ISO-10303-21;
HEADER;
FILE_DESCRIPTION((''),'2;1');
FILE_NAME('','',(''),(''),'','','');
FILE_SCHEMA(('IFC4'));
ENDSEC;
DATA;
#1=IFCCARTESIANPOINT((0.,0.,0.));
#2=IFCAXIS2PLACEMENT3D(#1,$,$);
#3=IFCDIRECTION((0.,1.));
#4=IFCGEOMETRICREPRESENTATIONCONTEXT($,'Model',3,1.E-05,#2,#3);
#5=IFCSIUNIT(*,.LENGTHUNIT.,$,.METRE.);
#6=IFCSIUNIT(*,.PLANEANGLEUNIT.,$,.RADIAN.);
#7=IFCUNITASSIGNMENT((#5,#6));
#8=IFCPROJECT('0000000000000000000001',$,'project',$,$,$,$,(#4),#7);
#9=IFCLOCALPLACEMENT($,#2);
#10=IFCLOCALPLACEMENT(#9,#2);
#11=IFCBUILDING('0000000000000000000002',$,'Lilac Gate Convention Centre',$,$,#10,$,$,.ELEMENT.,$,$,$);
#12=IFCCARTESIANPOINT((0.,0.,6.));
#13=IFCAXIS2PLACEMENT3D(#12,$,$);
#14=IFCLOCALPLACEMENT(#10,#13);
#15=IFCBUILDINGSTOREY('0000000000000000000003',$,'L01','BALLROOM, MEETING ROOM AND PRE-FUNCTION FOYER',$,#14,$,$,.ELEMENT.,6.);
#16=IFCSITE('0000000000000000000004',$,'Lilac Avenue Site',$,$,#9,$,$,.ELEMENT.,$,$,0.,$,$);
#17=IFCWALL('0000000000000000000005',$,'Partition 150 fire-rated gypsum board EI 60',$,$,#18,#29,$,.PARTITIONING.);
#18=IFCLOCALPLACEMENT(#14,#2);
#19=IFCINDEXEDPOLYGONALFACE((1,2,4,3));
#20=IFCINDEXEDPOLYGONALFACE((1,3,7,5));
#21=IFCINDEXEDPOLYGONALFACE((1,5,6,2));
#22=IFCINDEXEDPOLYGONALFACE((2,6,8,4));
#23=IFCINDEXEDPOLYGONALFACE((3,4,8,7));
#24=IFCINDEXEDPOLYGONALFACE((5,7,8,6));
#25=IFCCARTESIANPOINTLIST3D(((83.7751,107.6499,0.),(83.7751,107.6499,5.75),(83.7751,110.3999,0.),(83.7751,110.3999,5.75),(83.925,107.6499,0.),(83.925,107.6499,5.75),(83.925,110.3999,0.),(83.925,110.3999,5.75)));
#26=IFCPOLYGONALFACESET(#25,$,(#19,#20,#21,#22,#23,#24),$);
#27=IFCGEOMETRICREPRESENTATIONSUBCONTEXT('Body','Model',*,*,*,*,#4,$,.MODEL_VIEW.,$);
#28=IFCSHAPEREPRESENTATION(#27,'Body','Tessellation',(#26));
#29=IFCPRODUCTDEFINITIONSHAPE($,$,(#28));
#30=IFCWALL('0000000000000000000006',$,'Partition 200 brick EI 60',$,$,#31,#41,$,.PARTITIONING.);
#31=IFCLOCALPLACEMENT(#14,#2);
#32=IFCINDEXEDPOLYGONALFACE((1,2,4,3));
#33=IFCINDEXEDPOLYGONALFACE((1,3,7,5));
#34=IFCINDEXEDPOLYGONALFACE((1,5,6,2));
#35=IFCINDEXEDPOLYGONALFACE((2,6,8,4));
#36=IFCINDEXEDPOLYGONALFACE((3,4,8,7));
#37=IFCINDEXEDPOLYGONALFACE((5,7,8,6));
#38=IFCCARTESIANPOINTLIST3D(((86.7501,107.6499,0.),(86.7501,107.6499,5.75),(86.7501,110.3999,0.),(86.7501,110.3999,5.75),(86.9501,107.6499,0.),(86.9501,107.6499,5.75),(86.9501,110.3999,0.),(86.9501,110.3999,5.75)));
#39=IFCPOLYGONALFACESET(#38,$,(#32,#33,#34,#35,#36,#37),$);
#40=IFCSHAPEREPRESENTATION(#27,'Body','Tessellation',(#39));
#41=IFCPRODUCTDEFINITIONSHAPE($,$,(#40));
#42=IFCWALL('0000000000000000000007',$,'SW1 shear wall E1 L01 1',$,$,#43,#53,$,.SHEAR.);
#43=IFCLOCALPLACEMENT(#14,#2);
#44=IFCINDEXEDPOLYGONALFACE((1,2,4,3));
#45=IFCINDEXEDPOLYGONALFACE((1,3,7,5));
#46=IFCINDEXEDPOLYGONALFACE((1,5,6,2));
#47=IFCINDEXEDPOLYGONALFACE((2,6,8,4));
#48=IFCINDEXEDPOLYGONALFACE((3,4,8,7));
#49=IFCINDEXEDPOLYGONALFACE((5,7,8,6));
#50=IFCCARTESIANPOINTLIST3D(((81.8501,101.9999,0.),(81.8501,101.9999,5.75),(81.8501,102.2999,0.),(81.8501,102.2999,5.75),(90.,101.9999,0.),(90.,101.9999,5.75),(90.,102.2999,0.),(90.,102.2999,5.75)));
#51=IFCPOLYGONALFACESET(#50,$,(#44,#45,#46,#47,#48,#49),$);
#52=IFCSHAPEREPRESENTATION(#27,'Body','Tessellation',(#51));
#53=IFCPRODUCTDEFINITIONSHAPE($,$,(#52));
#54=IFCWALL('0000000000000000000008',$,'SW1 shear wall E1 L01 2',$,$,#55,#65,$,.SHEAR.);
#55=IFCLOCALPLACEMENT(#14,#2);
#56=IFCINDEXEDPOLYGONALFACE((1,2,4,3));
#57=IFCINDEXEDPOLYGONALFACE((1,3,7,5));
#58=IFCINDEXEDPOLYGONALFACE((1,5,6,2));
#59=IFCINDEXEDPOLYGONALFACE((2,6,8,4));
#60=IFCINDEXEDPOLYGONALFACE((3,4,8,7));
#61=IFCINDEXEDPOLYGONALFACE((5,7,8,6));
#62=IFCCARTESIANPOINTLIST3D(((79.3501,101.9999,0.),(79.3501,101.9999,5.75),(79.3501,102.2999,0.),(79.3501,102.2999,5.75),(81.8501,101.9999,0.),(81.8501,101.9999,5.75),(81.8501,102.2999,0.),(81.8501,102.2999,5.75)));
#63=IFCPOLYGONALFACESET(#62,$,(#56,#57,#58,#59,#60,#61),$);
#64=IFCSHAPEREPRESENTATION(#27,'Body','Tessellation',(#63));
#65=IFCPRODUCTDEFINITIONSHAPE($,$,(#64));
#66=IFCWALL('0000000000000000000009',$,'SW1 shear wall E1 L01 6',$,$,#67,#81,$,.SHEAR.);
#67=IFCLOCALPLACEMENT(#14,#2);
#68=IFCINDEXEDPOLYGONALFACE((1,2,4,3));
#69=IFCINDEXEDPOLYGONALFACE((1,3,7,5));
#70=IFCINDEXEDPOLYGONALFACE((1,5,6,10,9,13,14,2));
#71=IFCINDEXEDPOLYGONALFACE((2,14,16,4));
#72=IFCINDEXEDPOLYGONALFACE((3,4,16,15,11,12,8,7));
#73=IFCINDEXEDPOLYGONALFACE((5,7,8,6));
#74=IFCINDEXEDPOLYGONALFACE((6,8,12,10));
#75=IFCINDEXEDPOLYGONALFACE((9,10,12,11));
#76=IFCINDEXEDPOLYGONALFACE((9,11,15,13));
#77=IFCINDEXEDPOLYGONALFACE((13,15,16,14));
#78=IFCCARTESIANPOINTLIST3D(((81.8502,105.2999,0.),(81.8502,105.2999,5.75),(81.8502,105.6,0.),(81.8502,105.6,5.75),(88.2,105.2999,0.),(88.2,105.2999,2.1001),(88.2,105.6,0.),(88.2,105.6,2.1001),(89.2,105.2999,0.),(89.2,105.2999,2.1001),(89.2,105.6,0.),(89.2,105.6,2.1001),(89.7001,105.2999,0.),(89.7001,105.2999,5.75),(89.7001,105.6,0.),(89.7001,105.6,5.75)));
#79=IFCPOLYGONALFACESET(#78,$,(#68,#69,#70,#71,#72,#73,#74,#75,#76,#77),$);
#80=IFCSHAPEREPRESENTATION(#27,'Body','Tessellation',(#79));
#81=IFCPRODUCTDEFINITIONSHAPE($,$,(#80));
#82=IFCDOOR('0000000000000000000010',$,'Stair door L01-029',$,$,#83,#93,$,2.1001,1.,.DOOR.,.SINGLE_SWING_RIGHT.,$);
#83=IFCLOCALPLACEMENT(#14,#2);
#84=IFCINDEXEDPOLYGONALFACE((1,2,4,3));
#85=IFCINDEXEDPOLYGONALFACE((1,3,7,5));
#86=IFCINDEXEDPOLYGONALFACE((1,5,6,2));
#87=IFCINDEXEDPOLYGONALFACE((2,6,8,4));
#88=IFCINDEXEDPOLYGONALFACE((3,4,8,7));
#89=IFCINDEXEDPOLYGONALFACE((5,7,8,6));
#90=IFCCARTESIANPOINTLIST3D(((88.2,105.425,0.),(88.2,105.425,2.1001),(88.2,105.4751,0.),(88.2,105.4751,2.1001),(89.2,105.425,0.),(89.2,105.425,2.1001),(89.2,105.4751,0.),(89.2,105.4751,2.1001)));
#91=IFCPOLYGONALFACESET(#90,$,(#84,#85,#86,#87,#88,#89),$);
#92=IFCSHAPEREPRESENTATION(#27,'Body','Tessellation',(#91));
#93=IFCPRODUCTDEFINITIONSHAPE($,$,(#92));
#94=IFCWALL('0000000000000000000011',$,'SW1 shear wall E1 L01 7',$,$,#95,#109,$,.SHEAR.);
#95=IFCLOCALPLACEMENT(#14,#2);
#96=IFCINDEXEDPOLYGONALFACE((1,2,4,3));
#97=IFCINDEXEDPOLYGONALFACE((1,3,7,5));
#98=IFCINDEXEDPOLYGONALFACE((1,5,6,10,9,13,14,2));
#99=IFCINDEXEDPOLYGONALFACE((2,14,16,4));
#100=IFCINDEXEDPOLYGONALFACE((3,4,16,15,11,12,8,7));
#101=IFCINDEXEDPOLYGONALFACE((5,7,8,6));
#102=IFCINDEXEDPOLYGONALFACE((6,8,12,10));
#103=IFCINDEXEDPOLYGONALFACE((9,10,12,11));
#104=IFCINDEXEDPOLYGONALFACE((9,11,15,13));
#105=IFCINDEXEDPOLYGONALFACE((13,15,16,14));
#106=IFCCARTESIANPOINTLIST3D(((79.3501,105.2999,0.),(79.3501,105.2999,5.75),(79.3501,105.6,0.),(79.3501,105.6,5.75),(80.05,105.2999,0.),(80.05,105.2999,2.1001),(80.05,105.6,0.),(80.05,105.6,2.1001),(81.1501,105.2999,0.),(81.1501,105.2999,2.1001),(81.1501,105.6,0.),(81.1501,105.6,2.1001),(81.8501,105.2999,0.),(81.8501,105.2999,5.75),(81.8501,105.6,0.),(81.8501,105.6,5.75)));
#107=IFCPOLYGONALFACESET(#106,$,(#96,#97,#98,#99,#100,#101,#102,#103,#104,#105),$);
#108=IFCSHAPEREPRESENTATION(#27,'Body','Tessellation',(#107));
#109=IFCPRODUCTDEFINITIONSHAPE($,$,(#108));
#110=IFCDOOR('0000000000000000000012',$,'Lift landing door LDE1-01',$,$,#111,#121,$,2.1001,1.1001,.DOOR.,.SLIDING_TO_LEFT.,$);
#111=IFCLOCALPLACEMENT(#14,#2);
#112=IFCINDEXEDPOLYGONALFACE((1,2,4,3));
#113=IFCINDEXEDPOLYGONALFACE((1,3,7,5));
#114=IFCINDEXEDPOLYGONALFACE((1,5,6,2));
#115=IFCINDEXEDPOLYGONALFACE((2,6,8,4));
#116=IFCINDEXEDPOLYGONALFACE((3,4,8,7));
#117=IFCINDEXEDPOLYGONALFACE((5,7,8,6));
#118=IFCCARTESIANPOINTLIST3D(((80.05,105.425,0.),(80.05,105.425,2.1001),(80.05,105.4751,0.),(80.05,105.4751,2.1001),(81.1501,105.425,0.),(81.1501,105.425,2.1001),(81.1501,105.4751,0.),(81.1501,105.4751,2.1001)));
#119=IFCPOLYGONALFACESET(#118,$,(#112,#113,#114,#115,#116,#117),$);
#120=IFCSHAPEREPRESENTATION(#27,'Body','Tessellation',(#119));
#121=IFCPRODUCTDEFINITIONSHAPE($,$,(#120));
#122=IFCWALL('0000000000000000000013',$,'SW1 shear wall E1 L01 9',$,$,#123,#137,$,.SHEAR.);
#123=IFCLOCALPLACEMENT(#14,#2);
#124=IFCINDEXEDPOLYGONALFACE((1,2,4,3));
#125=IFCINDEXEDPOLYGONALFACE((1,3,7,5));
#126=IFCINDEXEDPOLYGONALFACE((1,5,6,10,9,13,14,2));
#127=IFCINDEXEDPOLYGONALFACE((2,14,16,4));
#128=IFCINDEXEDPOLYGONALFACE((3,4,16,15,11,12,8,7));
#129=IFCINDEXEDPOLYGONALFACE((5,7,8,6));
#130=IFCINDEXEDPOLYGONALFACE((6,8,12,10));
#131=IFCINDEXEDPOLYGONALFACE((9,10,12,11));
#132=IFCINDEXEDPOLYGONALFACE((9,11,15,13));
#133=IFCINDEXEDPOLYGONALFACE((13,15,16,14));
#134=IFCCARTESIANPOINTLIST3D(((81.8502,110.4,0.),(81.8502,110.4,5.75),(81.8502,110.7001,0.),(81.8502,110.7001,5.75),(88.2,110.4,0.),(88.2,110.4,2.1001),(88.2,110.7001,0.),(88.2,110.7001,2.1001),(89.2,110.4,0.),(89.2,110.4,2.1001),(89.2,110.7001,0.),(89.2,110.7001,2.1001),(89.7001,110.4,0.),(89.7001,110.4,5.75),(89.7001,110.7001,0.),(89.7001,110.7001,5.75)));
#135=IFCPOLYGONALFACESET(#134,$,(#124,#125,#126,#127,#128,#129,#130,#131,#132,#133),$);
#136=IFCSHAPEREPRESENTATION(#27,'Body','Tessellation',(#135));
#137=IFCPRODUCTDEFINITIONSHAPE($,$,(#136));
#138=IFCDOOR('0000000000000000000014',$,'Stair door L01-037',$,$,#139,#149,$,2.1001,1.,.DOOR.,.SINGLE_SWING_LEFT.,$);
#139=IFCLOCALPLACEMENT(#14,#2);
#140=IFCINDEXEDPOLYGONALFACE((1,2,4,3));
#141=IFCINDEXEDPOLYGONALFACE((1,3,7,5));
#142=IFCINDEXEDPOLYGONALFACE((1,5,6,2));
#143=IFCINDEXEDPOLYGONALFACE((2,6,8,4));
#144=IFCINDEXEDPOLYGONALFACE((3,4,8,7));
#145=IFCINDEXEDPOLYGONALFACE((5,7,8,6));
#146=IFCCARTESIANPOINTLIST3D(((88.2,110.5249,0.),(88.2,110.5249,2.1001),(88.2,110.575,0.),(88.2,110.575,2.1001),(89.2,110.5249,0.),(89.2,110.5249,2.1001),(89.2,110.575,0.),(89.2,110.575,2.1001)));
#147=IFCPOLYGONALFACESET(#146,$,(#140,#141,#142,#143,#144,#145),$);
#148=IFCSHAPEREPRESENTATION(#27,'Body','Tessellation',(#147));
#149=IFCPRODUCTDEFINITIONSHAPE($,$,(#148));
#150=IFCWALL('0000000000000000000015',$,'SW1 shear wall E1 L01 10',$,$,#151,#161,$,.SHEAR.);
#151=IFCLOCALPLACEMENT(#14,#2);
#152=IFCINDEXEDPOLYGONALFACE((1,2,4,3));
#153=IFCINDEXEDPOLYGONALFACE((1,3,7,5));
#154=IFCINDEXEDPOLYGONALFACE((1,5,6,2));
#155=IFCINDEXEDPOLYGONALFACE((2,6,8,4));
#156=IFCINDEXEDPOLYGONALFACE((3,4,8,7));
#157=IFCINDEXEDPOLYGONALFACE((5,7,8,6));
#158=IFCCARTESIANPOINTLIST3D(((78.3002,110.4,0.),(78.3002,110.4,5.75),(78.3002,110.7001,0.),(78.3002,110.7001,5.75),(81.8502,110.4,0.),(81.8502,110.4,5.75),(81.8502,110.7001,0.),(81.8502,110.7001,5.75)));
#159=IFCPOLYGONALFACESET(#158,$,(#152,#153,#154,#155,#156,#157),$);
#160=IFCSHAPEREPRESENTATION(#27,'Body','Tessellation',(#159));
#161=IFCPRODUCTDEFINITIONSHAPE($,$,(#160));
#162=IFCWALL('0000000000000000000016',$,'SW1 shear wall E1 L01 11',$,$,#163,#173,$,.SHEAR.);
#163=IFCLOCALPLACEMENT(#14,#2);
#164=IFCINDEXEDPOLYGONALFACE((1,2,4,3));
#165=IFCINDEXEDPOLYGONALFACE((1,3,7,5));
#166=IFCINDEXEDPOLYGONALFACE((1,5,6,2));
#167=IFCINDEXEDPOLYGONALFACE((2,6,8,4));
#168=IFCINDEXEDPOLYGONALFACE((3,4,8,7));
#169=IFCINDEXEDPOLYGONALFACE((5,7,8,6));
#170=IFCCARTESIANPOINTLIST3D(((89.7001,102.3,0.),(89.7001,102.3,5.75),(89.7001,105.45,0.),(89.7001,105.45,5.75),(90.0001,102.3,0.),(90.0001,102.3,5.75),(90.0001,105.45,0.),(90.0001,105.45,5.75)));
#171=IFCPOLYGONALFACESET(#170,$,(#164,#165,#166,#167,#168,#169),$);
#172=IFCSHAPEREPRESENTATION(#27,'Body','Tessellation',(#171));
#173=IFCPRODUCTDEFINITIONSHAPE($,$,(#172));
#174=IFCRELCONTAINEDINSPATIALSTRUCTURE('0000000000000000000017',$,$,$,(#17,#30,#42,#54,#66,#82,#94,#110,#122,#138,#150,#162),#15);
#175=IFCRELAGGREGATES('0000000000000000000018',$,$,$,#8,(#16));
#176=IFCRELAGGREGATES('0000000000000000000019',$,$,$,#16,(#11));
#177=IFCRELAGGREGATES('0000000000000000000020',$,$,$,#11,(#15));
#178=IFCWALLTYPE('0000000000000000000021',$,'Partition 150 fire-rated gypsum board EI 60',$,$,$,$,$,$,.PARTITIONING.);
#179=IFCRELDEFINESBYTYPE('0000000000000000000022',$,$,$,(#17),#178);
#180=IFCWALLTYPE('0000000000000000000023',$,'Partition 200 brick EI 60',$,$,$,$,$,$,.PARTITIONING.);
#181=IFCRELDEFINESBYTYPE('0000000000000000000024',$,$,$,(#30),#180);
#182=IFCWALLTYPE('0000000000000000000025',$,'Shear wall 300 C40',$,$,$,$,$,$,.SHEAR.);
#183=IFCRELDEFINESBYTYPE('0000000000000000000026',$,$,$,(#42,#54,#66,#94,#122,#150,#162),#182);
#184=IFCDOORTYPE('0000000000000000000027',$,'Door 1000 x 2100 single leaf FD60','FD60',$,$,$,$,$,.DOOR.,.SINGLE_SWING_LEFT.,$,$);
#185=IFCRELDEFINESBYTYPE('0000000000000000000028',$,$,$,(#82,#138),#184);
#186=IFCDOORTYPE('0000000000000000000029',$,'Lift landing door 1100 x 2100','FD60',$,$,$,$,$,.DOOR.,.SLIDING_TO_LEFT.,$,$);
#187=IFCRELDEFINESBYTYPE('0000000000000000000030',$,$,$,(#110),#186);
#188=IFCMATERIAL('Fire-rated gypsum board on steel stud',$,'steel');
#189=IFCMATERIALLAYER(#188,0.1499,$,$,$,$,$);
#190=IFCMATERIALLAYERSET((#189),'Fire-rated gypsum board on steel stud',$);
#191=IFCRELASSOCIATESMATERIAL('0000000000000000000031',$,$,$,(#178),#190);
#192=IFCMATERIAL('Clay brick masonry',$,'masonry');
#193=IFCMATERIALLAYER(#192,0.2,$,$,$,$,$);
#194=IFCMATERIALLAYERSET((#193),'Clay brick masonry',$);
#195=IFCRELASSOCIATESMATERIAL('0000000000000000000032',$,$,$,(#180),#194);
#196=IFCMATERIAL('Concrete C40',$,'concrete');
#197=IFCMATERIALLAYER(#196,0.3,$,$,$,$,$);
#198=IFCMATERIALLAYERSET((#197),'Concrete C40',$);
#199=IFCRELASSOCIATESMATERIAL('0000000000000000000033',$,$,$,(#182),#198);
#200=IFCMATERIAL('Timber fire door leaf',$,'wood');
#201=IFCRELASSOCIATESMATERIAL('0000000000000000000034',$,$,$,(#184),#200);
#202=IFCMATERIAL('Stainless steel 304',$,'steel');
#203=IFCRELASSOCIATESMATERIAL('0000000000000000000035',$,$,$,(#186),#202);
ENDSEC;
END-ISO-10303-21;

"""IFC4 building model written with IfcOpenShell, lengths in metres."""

from ifc_helpers import new_model, si_unit, direction, frame, frame_2d, origin, place, context, subcontext, project, spatial, rectangle, extrude, material, layer, layer_set, type_object, element, fill, save


model = new_model("IFC4")

# Units and contexts
model_context = context("Model", 3, precision=1e-05, world=origin(), true_north=direction((0.0, 1.0)))
body_context = subcontext(model_context, "Body", "Model", "MODEL_VIEW")
ifc_project = project(units=[si_unit("LENGTHUNIT", "METRE"), si_unit("PLANEANGLEUNIT", "RADIAN")], contexts=[model_context])

# Site, building, storey
site_placement = place(None, origin())
site = spatial("IfcSite", under=ifc_project, at=site_placement, Name="Lilac Avenue Site", CompositionType="ELEMENT", RefElevation=0.0)
building_placement = place(site_placement, origin())
building = spatial("IfcBuilding", under=site, at=building_placement, Name="Lilac Gate Convention Centre", CompositionType="ELEMENT")
storey_placement = place(building_placement, frame((0.0, 0.0, 6.0)))
storey = spatial("IfcBuildingStorey", under=building, at=storey_placement, Name="L01", Description="BALLROOM, MEETING ROOM AND PRE-FUNCTION FOYER", CompositionType="ELEMENT", Elevation=6.0)

# Walls
ifc_material_1 = material(Name="Fire-rated gypsum board on steel stud", Category="steel")
ifc_layer_1 = layer(ifc_material_1, 0.1499)
ifc_layer_set_1 = layer_set([ifc_layer_1], Name="Fire-rated gypsum board on steel stud")
wall_type_1 = type_object("IfcWallType", Name="Partition 150 fire-rated gypsum board EI 60", PredefinedType="PARTITIONING", material=ifc_layer_set_1)
wall_1_placement = place(storey_placement, frame((83.8501, 107.6499, 0.0), z_axis=(0.0, 0.0, 1.0), x_axis=(0.0, 1.0, 0.0)))
element("IfcWall", 1, at=wall_1_placement, inside=storey, type_object=wall_type_1, Name="Partition 150 fire-rated gypsum board EI 60", PredefinedType="PARTITIONING", context=body_context, shape_type="SweptSolid", body=[
    extrude(rectangle(XDim=2.75, YDim=0.1499, at=frame_2d((1.375, 0.0))), origin(), (0.0, 0.0, 1.0), 5.75),
])
ifc_material_2 = material(Name="Clay brick masonry", Category="masonry")
ifc_layer_2 = layer(ifc_material_2, 0.2)
ifc_layer_set_2 = layer_set([ifc_layer_2], Name="Clay brick masonry")
wall_type_2 = type_object("IfcWallType", Name="Partition 200 brick EI 60", PredefinedType="PARTITIONING", material=ifc_layer_set_2)
wall_2_placement = place(storey_placement, frame((86.8501, 107.6499, 0.0), z_axis=(0.0, 0.0, 1.0), x_axis=(0.0, 1.0, 0.0)))
element("IfcWall", 2, at=wall_2_placement, inside=storey, type_object=wall_type_2, Name="Partition 200 brick EI 60", PredefinedType="PARTITIONING", context=body_context, shape_type="SweptSolid", body=[
    extrude(rectangle(XDim=2.75, YDim=0.2, at=frame_2d((1.375, 0.0))), origin(), (0.0, 0.0, 1.0), 5.75),
])
ifc_material_3 = material(Name="Concrete C40", Category="concrete")
ifc_layer_3 = layer(ifc_material_3, 0.3)
ifc_layer_set_3 = layer_set([ifc_layer_3], Name="Concrete C40")
wall_type_3 = type_object("IfcWallType", Name="Shear wall 300 C40", PredefinedType="SHEAR", material=ifc_layer_set_3)
wall_3_placement = place(storey_placement, frame((90.0, 102.1499, 0.0), z_axis=(0.0, 0.0, 1.0), x_axis=(-1.0, 0.0, 0.0)))
element("IfcWall", 3, at=wall_3_placement, inside=storey, type_object=wall_type_3, Name="SW1 shear wall E1 L01 1", PredefinedType="SHEAR", context=body_context, shape_type="SweptSolid", body=[
    extrude(rectangle(XDim=8.1499, YDim=0.3, at=frame_2d((4.075, 0.0))), origin(), (0.0, 0.0, 1.0), 5.75),
])
wall_4_placement = place(storey_placement, frame((81.8501, 102.1499, 0.0), z_axis=(0.0, 0.0, 1.0), x_axis=(-1.0, 0.0, 0.0)))
element("IfcWall", 4, at=wall_4_placement, inside=storey, type_object=wall_type_3, Name="SW1 shear wall E1 L01 2", PredefinedType="SHEAR", context=body_context, shape_type="SweptSolid", body=[
    extrude(rectangle(XDim=2.5, YDim=0.3, at=frame_2d((1.25, 0.0))), origin(), (0.0, 0.0, 1.0), 5.75),
])

# Walls, openings, doors
wall_5_placement = place(storey_placement, frame((89.7, 105.45, 0.0), z_axis=(0.0, 0.0, 1.0), x_axis=(-1.0, 0.0, 0.0)))
wall_5 = element("IfcWall", 5, at=wall_5_placement, inside=storey, type_object=wall_type_3, Name="SW1 shear wall E1 L01 6", PredefinedType="SHEAR", context=body_context, shape_type="SweptSolid", body=[
    extrude(rectangle(XDim=7.8499, YDim=0.3, at=frame_2d((3.9248, 0.0))), origin(), (0.0, 0.0, 1.0), 5.75),
])
opening_1_placement = place(wall_5_placement, frame((0.5, 0.0, 0.0)))
opening_1 = element("IfcOpeningElement", 6, at=opening_1_placement, cuts=wall_5, PredefinedType="OPENING", context=body_context, shape_type="SweptSolid", body=[
    extrude(rectangle(XDim=1.0, YDim=2.1001, at=frame_2d((0.5, 1.05))), frame((0.0, 0.1599, 0.0), z_axis=(0.0, -1.0, 0.0), x_axis=(1.0, 0.0, 0.0)), (0.0, 0.0, 1.0), 0.3201),
])
ifc_material_4 = material(Name="Timber fire door leaf", Category="wood")
door_type_1 = type_object("IfcDoorType", Name="Door 1000 x 2100 single leaf FD60", Description="FD60", OperationType="SINGLE_SWING_LEFT", PredefinedType="DOOR", material=ifc_material_4)
door_1_placement = place(opening_1_placement, origin())
door_1 = element("IfcDoor", 7, at=door_1_placement, inside=storey, type_object=door_type_1, Name="Stair door L01-029", OperationType="SINGLE_SWING_RIGHT", OverallHeight=2.1001, OverallWidth=1.0, PredefinedType="DOOR", context=body_context, shape_type="SweptSolid", body=[
    extrude(rectangle(XDim=1.0, YDim=2.1001, at=frame_2d((0.5, 1.05))), frame((0.0, 0.0249, 0.0), z_axis=(0.0, -1.0, 0.0), x_axis=(1.0, 0.0, 0.0)), (0.0, 0.0, 1.0), 0.05),
])
fill(opening_1, door_1)
wall_6_placement = place(storey_placement, frame((81.8501, 105.45, 0.0), z_axis=(0.0, 0.0, 1.0), x_axis=(-1.0, 0.0, 0.0)))
wall_6 = element("IfcWall", 8, at=wall_6_placement, inside=storey, type_object=wall_type_3, Name="SW1 shear wall E1 L01 7", PredefinedType="SHEAR", context=body_context, shape_type="SweptSolid", body=[
    extrude(rectangle(XDim=2.5, YDim=0.3, at=frame_2d((1.25, 0.0))), origin(), (0.0, 0.0, 1.0), 5.75),
])
opening_2_placement = place(wall_6_placement, frame((0.7, 0.0, 0.0)))
opening_2 = element("IfcOpeningElement", 9, at=opening_2_placement, cuts=wall_6, PredefinedType="OPENING", context=body_context, shape_type="SweptSolid", body=[
    extrude(rectangle(XDim=1.1001, YDim=2.1001, at=frame_2d((0.55, 1.05))), frame((0.0, 0.1599, 0.0), z_axis=(0.0, -1.0, 0.0), x_axis=(1.0, 0.0, 0.0)), (0.0, 0.0, 1.0), 0.3201),
])
ifc_material_5 = material(Name="Stainless steel 304", Category="steel")
door_type_2 = type_object("IfcDoorType", Name="Lift landing door 1100 x 2100", Description="FD60", OperationType="SLIDING_TO_LEFT", PredefinedType="DOOR", material=ifc_material_5)
door_2_placement = place(opening_2_placement, origin())
door_2 = element("IfcDoor", 10, at=door_2_placement, inside=storey, type_object=door_type_2, Name="Lift landing door LDE1-01", OperationType="SLIDING_TO_LEFT", OverallHeight=2.1001, OverallWidth=1.1001, PredefinedType="DOOR", context=body_context, shape_type="SweptSolid", body=[
    extrude(rectangle(XDim=1.1001, YDim=2.1001, at=frame_2d((0.55, 1.05))), frame((0.0, 0.0249, 0.0), z_axis=(0.0, -1.0, 0.0), x_axis=(1.0, 0.0, 0.0)), (0.0, 0.0, 1.0), 0.05),
])
fill(opening_2, door_2)
wall_7_placement = place(storey_placement, frame((89.7, 110.55, 0.0), z_axis=(0.0, 0.0, 1.0), x_axis=(-1.0, 0.0, 0.0)))
wall_7 = element("IfcWall", 11, at=wall_7_placement, inside=storey, type_object=wall_type_3, Name="SW1 shear wall E1 L01 9", PredefinedType="SHEAR", context=body_context, shape_type="SweptSolid", body=[
    extrude(rectangle(XDim=7.8499, YDim=0.3, at=frame_2d((3.9248, 0.0))), origin(), (0.0, 0.0, 1.0), 5.75),
])
opening_3_placement = place(wall_7_placement, frame((0.5, 0.0, 0.0)))
opening_3 = element("IfcOpeningElement", 12, at=opening_3_placement, cuts=wall_7, PredefinedType="OPENING", context=body_context, shape_type="SweptSolid", body=[
    extrude(rectangle(XDim=1.0, YDim=2.1001, at=frame_2d((0.5, 1.05))), frame((0.0, 0.1599, 0.0), z_axis=(0.0, -1.0, 0.0), x_axis=(1.0, 0.0, 0.0)), (0.0, 0.0, 1.0), 0.3201),
])
door_3_placement = place(opening_3_placement, frame((1.0, 0.0, 0.0), z_axis=(0.0, 0.0, 1.0), x_axis=(-1.0, 0.0, 0.0)))
door_3 = element("IfcDoor", 13, at=door_3_placement, inside=storey, type_object=door_type_1, Name="Stair door L01-037", OperationType="SINGLE_SWING_LEFT", OverallHeight=2.1001, OverallWidth=1.0, PredefinedType="DOOR", context=body_context, shape_type="SweptSolid", body=[
    extrude(rectangle(XDim=1.0, YDim=2.1001, at=frame_2d((0.5, 1.05))), frame((0.0, 0.0249, 0.0), z_axis=(0.0, -1.0, 0.0), x_axis=(1.0, 0.0, 0.0)), (0.0, 0.0, 1.0), 0.05),
])
fill(opening_3, door_3)

# Walls
wall_8_placement = place(storey_placement, frame((81.8501, 110.55, 0.0), z_axis=(0.0, 0.0, 1.0), x_axis=(-1.0, 0.0, 0.0)))
element("IfcWall", 14, at=wall_8_placement, inside=storey, type_object=wall_type_3, Name="SW1 shear wall E1 L01 10", PredefinedType="SHEAR", context=body_context, shape_type="SweptSolid", body=[
    extrude(rectangle(XDim=3.55, YDim=0.3, at=frame_2d((1.7749, 0.0))), origin(), (0.0, 0.0, 1.0), 5.75),
])
wall_9_placement = place(storey_placement, frame((89.8501, 102.3, 0.0), z_axis=(0.0, 0.0, 1.0), x_axis=(0.0, 1.0, 0.0)))
element("IfcWall", 15, at=wall_9_placement, inside=storey, type_object=wall_type_3, Name="SW1 shear wall E1 L01 11", PredefinedType="SHEAR", context=body_context, shape_type="SweptSolid", body=[
    extrude(rectangle(XDim=3.1499, YDim=0.3, at=frame_2d((1.575, 0.0))), origin(), (0.0, 0.0, 1.0), 5.75),
])

save(model, "model.ifc")
